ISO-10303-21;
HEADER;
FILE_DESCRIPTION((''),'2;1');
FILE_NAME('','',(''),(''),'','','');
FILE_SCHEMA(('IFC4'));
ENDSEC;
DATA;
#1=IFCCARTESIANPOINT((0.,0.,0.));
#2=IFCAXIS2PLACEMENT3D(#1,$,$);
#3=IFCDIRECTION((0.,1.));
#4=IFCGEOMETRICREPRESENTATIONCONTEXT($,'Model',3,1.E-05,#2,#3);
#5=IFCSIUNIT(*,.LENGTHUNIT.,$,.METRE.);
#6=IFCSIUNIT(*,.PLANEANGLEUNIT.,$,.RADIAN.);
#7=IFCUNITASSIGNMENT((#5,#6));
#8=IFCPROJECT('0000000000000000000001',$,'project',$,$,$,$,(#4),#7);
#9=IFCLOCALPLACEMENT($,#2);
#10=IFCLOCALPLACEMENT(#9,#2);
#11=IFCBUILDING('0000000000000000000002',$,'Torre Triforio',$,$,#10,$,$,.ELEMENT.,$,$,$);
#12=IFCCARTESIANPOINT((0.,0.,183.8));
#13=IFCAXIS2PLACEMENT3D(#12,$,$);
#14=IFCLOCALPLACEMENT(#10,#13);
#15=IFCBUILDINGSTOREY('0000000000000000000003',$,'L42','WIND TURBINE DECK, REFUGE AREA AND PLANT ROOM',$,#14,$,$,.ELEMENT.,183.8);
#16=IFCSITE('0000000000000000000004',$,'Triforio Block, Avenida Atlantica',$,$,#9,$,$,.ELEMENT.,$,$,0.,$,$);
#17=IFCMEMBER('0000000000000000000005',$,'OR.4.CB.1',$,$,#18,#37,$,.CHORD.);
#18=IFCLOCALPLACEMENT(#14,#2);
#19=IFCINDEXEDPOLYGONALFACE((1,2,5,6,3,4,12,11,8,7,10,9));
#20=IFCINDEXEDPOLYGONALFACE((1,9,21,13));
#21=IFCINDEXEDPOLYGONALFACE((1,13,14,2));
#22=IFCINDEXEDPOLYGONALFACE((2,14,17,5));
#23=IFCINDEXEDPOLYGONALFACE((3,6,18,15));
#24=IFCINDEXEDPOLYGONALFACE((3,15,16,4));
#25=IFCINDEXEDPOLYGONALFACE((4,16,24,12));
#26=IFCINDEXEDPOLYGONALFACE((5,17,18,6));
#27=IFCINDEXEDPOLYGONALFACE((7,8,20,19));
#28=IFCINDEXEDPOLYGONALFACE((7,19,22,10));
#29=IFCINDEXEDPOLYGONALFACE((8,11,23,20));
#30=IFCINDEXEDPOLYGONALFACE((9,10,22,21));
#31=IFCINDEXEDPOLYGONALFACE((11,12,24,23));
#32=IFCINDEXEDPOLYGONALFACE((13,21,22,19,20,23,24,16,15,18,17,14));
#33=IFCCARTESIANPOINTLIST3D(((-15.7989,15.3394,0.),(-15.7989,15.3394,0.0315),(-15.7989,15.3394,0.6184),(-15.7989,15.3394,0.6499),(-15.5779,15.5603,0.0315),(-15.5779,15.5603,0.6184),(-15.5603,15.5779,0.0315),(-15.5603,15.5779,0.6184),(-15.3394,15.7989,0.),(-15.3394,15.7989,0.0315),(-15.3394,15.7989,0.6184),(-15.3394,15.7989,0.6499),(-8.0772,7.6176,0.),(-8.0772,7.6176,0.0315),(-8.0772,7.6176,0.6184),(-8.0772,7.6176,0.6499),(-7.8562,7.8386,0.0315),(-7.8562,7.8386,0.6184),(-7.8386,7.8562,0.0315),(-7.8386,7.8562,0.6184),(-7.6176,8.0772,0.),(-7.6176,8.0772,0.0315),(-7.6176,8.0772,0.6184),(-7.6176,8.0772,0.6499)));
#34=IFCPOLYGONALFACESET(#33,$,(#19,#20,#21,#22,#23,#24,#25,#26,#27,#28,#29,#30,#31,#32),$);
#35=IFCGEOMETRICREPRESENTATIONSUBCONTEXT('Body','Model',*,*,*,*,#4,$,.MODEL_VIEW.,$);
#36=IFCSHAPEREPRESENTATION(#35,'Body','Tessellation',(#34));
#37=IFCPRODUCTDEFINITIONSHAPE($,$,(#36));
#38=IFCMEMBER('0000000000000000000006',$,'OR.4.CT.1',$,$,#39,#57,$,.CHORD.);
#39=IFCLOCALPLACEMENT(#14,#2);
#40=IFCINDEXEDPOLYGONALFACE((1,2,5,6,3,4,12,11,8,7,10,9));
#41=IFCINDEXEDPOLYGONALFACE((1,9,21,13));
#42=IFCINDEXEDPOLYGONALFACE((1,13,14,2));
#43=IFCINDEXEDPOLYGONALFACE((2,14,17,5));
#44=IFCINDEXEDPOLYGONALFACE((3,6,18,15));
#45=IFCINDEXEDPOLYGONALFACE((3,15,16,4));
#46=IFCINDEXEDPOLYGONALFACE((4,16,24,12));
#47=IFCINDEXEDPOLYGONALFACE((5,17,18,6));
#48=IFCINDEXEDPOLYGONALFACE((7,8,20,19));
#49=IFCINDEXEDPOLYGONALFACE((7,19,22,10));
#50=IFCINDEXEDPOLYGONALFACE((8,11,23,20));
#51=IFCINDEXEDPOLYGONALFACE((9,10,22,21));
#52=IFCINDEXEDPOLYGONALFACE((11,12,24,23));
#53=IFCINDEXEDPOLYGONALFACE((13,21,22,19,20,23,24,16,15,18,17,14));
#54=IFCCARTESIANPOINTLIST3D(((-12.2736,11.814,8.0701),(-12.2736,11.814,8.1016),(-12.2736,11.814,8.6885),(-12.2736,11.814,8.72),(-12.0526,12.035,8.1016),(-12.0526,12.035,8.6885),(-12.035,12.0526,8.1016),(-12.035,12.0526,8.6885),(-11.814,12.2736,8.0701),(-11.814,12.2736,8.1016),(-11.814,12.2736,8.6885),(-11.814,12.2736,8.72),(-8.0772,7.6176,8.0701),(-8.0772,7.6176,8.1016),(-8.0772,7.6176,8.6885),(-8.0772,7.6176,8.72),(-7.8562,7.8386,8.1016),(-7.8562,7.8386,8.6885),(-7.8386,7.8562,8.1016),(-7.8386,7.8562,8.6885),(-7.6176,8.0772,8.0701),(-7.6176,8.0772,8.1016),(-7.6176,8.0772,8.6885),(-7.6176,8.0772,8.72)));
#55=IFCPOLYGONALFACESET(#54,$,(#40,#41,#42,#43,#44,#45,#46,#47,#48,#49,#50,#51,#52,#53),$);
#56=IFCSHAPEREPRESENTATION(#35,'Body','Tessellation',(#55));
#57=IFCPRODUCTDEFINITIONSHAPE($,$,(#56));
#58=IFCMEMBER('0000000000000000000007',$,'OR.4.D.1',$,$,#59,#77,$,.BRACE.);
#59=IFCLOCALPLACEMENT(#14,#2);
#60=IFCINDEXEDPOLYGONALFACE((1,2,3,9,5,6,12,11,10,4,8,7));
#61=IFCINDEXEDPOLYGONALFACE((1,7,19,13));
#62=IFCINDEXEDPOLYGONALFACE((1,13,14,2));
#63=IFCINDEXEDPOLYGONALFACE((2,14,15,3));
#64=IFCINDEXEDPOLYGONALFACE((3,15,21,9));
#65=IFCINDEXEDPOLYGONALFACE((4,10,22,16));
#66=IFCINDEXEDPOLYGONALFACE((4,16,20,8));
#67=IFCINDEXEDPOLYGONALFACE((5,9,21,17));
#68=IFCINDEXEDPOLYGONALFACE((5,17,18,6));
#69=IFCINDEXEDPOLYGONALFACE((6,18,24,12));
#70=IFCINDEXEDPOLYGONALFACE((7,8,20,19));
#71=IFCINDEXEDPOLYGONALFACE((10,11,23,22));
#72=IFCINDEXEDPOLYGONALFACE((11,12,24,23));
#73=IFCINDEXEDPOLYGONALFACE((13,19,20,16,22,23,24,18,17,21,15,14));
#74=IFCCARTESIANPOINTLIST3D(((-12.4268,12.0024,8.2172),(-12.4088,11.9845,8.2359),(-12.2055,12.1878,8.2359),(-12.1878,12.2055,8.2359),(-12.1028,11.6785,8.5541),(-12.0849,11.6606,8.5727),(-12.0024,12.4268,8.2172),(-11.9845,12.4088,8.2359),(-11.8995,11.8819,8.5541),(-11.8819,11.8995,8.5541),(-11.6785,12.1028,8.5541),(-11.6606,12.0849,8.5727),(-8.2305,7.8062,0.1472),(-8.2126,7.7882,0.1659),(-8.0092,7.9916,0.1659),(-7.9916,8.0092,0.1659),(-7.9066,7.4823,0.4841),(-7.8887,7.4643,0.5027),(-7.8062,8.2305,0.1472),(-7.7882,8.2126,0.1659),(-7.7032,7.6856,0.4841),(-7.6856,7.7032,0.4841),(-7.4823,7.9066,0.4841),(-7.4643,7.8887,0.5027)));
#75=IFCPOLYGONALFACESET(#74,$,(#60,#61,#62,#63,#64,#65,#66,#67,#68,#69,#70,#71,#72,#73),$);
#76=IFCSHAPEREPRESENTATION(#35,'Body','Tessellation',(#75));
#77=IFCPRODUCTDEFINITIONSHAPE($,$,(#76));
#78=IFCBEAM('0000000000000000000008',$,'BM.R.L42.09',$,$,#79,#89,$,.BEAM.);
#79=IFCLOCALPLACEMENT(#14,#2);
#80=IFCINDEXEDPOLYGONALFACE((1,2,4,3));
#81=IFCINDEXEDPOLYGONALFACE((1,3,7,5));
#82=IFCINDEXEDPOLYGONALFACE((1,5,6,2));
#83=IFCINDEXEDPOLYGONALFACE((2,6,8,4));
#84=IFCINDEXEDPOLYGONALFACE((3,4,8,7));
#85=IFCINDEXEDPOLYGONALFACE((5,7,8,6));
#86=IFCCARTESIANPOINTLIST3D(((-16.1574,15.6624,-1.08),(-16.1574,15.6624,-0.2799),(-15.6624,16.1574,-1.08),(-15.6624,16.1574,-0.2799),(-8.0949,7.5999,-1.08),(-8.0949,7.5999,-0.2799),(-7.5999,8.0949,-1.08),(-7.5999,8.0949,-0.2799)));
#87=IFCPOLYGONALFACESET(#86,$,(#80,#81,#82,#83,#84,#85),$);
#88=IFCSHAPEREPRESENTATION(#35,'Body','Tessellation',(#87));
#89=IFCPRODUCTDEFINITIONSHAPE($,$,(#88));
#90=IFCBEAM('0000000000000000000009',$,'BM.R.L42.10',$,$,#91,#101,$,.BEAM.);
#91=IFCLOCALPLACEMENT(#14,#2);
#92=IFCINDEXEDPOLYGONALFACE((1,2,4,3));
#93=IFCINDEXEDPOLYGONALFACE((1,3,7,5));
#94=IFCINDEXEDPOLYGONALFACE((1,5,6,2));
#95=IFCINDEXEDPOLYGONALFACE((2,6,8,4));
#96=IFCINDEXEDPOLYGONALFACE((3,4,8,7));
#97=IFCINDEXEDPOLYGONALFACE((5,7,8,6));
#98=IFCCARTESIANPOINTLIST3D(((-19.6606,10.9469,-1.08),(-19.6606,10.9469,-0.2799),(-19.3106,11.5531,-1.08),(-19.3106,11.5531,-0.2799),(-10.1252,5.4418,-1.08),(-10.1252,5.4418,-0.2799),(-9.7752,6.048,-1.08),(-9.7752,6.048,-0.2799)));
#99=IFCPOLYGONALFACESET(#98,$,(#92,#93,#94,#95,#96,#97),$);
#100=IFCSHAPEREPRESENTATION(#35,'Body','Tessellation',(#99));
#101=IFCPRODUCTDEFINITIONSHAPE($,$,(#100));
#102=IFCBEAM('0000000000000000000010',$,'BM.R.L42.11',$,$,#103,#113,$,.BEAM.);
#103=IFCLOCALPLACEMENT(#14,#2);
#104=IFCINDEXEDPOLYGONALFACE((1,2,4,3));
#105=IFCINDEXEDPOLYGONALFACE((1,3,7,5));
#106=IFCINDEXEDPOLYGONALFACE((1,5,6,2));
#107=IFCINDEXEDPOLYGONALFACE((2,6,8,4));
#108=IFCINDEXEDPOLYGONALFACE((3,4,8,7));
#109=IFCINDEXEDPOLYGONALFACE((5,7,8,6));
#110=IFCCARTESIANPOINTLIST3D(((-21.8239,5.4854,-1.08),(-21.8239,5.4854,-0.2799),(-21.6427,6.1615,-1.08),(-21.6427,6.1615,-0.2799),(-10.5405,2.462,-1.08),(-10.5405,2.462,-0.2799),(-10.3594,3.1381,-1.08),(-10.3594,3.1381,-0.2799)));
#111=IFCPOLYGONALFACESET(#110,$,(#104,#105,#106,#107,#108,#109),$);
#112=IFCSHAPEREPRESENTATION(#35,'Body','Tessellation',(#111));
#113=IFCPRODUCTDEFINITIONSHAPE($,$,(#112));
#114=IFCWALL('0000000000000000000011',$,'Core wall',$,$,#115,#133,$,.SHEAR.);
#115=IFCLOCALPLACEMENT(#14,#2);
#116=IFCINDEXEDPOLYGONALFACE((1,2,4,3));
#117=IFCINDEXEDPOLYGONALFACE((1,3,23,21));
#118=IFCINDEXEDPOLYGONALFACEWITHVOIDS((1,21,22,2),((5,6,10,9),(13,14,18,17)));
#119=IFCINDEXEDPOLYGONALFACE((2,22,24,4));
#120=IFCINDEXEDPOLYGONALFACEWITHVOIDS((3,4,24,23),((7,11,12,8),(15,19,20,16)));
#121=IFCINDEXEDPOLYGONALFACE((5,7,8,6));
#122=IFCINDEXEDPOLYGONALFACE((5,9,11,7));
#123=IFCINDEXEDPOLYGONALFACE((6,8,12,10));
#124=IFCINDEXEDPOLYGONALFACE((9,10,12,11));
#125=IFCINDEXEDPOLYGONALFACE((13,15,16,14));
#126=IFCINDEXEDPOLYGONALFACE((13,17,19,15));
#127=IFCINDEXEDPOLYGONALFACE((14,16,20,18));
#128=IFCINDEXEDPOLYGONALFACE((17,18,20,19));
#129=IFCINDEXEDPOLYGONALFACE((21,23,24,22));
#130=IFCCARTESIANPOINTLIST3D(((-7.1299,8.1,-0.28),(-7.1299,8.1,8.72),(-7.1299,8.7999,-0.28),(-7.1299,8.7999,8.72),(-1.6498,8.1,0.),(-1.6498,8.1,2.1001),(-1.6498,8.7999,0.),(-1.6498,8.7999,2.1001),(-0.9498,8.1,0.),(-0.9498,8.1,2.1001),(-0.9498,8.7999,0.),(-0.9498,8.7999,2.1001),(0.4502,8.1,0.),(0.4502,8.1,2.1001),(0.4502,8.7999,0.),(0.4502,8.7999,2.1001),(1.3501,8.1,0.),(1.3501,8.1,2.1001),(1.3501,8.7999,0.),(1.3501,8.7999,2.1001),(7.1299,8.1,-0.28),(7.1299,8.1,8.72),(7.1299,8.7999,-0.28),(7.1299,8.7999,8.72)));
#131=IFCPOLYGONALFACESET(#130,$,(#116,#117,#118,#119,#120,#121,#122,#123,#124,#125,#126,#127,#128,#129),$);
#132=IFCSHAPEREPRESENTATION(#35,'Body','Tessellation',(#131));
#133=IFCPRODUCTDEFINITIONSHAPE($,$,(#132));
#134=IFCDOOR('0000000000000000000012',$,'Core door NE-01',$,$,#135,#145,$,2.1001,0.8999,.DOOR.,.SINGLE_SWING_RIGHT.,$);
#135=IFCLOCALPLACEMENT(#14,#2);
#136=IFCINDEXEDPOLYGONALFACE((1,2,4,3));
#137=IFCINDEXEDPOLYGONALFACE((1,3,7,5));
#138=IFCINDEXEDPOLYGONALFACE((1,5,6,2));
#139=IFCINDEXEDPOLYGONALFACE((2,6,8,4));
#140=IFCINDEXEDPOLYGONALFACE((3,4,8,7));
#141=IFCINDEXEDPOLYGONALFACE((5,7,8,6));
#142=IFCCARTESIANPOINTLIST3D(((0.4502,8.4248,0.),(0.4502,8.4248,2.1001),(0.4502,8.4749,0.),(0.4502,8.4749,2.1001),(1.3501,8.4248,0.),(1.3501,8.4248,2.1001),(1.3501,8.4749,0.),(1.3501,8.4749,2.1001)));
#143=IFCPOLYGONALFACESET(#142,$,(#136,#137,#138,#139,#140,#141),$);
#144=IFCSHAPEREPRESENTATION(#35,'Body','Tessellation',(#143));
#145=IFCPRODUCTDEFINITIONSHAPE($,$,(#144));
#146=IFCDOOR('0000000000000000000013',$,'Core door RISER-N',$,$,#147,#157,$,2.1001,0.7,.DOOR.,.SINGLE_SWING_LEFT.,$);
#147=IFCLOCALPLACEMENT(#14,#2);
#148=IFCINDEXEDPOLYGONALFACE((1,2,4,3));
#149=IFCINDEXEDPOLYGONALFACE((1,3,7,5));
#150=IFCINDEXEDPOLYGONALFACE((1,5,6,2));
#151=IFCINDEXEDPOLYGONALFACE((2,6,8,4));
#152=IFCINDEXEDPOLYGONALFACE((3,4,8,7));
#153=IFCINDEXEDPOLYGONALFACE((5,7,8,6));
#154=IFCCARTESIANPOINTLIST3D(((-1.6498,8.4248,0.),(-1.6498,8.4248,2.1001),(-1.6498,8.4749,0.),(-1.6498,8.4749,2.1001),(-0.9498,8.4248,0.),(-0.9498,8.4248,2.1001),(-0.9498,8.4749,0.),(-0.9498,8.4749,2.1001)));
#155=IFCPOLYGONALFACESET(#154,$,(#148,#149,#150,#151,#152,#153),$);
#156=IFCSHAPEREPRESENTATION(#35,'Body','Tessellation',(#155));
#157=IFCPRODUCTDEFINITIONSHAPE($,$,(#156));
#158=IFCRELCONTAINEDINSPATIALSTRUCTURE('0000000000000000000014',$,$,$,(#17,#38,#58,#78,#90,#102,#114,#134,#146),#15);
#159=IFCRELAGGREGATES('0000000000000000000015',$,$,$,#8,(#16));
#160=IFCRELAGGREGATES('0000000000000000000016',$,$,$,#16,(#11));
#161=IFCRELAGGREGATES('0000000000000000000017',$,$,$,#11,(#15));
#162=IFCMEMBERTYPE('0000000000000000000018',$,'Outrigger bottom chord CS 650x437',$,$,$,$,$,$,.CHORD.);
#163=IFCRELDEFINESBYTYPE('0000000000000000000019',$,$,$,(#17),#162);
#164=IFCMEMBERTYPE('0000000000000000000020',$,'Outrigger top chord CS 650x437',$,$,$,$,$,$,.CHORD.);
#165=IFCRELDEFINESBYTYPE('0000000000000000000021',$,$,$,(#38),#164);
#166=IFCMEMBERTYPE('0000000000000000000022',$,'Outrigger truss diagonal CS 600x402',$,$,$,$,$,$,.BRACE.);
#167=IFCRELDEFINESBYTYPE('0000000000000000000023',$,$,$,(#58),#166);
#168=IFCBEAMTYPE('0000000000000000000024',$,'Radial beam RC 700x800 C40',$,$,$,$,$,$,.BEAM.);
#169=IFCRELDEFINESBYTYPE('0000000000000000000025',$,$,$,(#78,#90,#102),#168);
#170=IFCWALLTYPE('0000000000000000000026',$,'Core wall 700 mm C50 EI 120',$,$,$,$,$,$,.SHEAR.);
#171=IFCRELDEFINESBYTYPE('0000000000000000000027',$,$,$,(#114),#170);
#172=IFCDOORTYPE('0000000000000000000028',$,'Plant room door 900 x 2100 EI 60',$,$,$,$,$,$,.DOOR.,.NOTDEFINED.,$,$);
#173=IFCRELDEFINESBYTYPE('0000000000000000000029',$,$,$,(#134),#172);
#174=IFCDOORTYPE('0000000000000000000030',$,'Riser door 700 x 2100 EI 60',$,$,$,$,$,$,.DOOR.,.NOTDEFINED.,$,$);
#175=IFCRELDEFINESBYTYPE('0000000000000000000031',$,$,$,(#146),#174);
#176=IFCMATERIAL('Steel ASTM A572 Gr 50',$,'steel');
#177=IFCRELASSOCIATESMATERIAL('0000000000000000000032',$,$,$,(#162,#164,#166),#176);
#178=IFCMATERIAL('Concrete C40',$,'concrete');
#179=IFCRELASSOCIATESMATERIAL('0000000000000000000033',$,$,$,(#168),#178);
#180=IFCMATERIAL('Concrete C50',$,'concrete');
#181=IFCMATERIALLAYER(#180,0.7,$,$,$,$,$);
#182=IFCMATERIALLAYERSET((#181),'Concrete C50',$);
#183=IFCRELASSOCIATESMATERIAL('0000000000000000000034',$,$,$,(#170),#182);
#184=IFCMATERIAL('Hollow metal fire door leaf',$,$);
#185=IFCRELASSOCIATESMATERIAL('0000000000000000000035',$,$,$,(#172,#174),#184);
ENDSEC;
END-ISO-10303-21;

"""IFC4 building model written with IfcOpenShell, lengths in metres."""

from ifc_helpers import new_model, si_unit, direction, frame, frame_2d, origin, origin_2d, place, context, subcontext, project, spatial, rectangle, i_section, extrude, material, layer, layer_set, material_profile, profile_set, type_object, element, fill, save


model = new_model("IFC4")

# Units and contexts
model_context = context("Model", 3, precision=1e-05, world=origin(), true_north=direction((0.0, 1.0)))
body_context = subcontext(model_context, "Body", "Model", "MODEL_VIEW")
ifc_project = project(units=[si_unit("LENGTHUNIT", "METRE"), si_unit("PLANEANGLEUNIT", "RADIAN")], contexts=[model_context])

# Site, building, storey
site_placement = place(None, origin())
site = spatial("IfcSite", under=ifc_project, at=site_placement, Name="Triforio Block, Avenida Atlantica", CompositionType="ELEMENT", RefElevation=0.0)
building_placement = place(site_placement, origin())
building = spatial("IfcBuilding", under=site, at=building_placement, Name="Torre Triforio", CompositionType="ELEMENT")
storey_placement = place(building_placement, frame((0.0, 0.0, 183.8)))
storey = spatial("IfcBuildingStorey", under=building, at=storey_placement, Name="L42", Description="WIND TURBINE DECK, REFUGE AREA AND PLANT ROOM", CompositionType="ELEMENT", Elevation=183.8)

# Members
ifc_material_1 = material(Name="Steel ASTM A572 Gr 50", Category="steel")
ifc_material_profile_1 = material_profile(ifc_material_1, i_section(OverallWidth=0.6499, OverallDepth=0.6499, WebThickness=0.0249, FlangeThickness=0.0315, at=origin_2d()), Name="CS 650x437")
ifc_profile_set_1 = profile_set([ifc_material_profile_1], Name="Steel ASTM A572 Gr 50")
member_type_1 = type_object("IfcMemberType", Name="Outrigger bottom chord CS 650x437", PredefinedType="CHORD", material=ifc_profile_set_1)
member_1_placement = place(storey_placement, frame((-7.8474, 7.8474, 0.325), z_axis=(-0.707107, 0.707107, 0.0), x_axis=(-0.707107, -0.707107, 0.0)))
element("IfcMember", 1, at=member_1_placement, inside=storey, type_object=member_type_1, Name="OR.4.CB.1", PredefinedType="CHORD", context=body_context, shape_type="SweptSolid", body=[
    extrude(i_section(OverallWidth=0.6499, OverallDepth=0.6499, WebThickness=0.0249, FlangeThickness=0.0315, at=origin_2d()), origin(), (0.0, 0.0, 1.0), 10.9202),
])
ifc_material_profile_2 = material_profile(ifc_material_1, i_section(OverallWidth=0.6499, OverallDepth=0.6499, WebThickness=0.0249, FlangeThickness=0.0315, at=origin_2d()), Name="CS 650x437")
ifc_profile_set_2 = profile_set([ifc_material_profile_2], Name="Steel ASTM A572 Gr 50")
member_type_2 = type_object("IfcMemberType", Name="Outrigger top chord CS 650x437", PredefinedType="CHORD", material=ifc_profile_set_2)
member_2_placement = place(storey_placement, frame((-7.8474, 7.8474, 8.395), z_axis=(-0.707107, 0.707107, 0.0), x_axis=(-0.707107, -0.707107, 0.0)))
element("IfcMember", 2, at=member_2_placement, inside=storey, type_object=member_type_2, Name="OR.4.CT.1", PredefinedType="CHORD", context=body_context, shape_type="SweptSolid", body=[
    extrude(i_section(OverallWidth=0.6499, OverallDepth=0.6499, WebThickness=0.0249, FlangeThickness=0.0315, at=origin_2d()), origin(), (0.0, 0.0, 1.0), 5.9346),
])
ifc_material_profile_3 = material_profile(ifc_material_1, i_section(OverallWidth=0.6001, OverallDepth=0.6001, WebThickness=0.0249, FlangeThickness=0.0315, at=origin_2d()), Name="CS 600x402")
ifc_profile_set_3 = profile_set([ifc_material_profile_3], Name="Steel ASTM A572 Gr 50")
member_type_3 = type_object("IfcMemberType", Name="Outrigger truss diagonal CS 600x402", PredefinedType="BRACE", material=ifc_profile_set_3)
member_3_placement = place(storey_placement, frame((-7.8474, 7.8474, 0.325), z_axis=(-0.41891, 0.41891, 0.805624), x_axis=(-0.707107, -0.707107, 0.0)))
element("IfcMember", 3, at=member_3_placement, inside=storey, type_object=member_type_3, Name="OR.4.D.1", PredefinedType="BRACE", context=body_context, shape_type="SweptSolid", body=[
    extrude(i_section(OverallWidth=0.6001, OverallDepth=0.6001, WebThickness=0.0249, FlangeThickness=0.0315, at=origin_2d()), origin(), (0.0, 0.0, 1.0), 10.0171),
])

# Beams
ifc_material_2 = material(Name="Concrete C40", Category="concrete")
ifc_material_profile_4 = material_profile(ifc_material_2, rectangle(XDim=0.7, YDim=0.8, at=origin_2d()), Name="RC 700x800")
ifc_profile_set_4 = profile_set([ifc_material_profile_4], Name="Concrete C40")
beam_type = type_object("IfcBeamType", Name="Radial beam RC 700x800 C40", PredefinedType="BEAM", material=ifc_profile_set_4)
beam_1_placement = place(storey_placement, frame((-7.8474, 7.8474, -0.6799), z_axis=(-0.707107, 0.707107, 0.0), x_axis=(-0.707107, -0.707107, 0.0)))
element("IfcBeam", 4, at=beam_1_placement, inside=storey, type_object=beam_type, Name="BM.R.L42.09", PredefinedType="BEAM", context=body_context, shape_type="SweptSolid", body=[
    extrude(rectangle(XDim=0.7, YDim=0.8, at=origin_2d()), origin(), (0.0, 0.0, 1.0), 11.4021),
])
beam_2_placement = place(storey_placement, frame((-9.9502, 5.7449, -0.6799), z_axis=(-0.866031, 0.499991, 0.0), x_axis=(-0.499991, -0.866031, 0.0)))
element("IfcBeam", 5, at=beam_2_placement, inside=storey, type_object=beam_type, Name="BM.R.L42.10", PredefinedType="BEAM", context=body_context, shape_type="SweptSolid", body=[
    extrude(rectangle(XDim=0.7, YDim=0.8, at=origin_2d()), origin(), (0.0, 0.0, 1.0), 11.0105),
])
beam_3_placement = place(storey_placement, frame((-10.45, 2.8, -0.6799), z_axis=(-0.965925, 0.258823, 0.0), x_axis=(-0.258823, -0.965925, 0.0)))
element("IfcBeam", 6, at=beam_3_placement, inside=storey, type_object=beam_type, Name="BM.R.L42.11", PredefinedType="BEAM", context=body_context, shape_type="SweptSolid", body=[
    extrude(rectangle(XDim=0.7, YDim=0.8, at=origin_2d()), origin(), (0.0, 0.0, 1.0), 11.6814),
])

# Wall, openings, doors
ifc_material_3 = material(Name="Concrete C50", Category="concrete")
ifc_layer_1 = layer(ifc_material_3, 0.7)
ifc_layer_set_1 = layer_set([ifc_layer_1], Name="Concrete C50")
wall_type_1 = type_object("IfcWallType", Name="Core wall 700 mm C50 EI 120", PredefinedType="SHEAR", material=ifc_layer_set_1)
wall_1_placement = place(storey_placement, frame((-7.1299, 8.45, -0.28), z_axis=(0.0, 0.0, 1.0), x_axis=(1.0, 0.0, 0.0)))
wall_1 = element("IfcWall", 7, at=wall_1_placement, inside=storey, type_object=wall_type_1, Name="Core wall", PredefinedType="SHEAR", context=body_context, shape_type="SweptSolid", body=[
    extrude(rectangle(XDim=14.2598, YDim=0.7, at=frame_2d((7.1299, 0.0))), origin(), (0.0, 0.0, 1.0), 9.0),
])
opening_1_placement = place(wall_1_placement, frame((5.48, 0.0, 0.28)))
opening_1 = element("IfcOpeningElement", 8, at=opening_1_placement, cuts=wall_1, PredefinedType="OPENING", context=body_context, shape_type="SweptSolid", body=[
    extrude(rectangle(XDim=0.7, YDim=2.1001, at=frame_2d((0.3501, 1.05))), frame((0.0, 0.3599, 0.0), z_axis=(0.0, -1.0, 0.0), x_axis=(1.0, 0.0, 0.0)), (0.0, 0.0, 1.0), 0.72),
])
opening_2_placement = place(wall_1_placement, frame((7.5801, 0.0, 0.28)))
opening_2 = element("IfcOpeningElement", 9, at=opening_2_placement, cuts=wall_1, PredefinedType="OPENING", context=body_context, shape_type="SweptSolid", body=[
    extrude(rectangle(XDim=0.8999, YDim=2.1001, at=frame_2d((0.45, 1.05))), frame((0.0, 0.3599, 0.0), z_axis=(0.0, -1.0, 0.0), x_axis=(1.0, 0.0, 0.0)), (0.0, 0.0, 1.0), 0.72),
])
ifc_material_4 = material(Name="Hollow metal fire door leaf")
door_type_1 = type_object("IfcDoorType", Name="Plant room door 900 x 2100 EI 60", OperationType="NOTDEFINED", PredefinedType="DOOR", material=ifc_material_4)
door_1_placement = place(opening_2_placement, origin())
door_1 = element("IfcDoor", 10, at=door_1_placement, inside=storey, type_object=door_type_1, Name="Core door NE-01", OperationType="SINGLE_SWING_RIGHT", OverallHeight=2.1001, OverallWidth=0.8999, PredefinedType="DOOR", context=body_context, shape_type="SweptSolid", body=[
    extrude(rectangle(XDim=0.8999, YDim=2.1001, at=frame_2d((0.45, 1.05))), frame((0.0, 0.0249, 0.0), z_axis=(0.0, -1.0, 0.0), x_axis=(1.0, 0.0, 0.0)), (0.0, 0.0, 1.0), 0.05),
])
fill(opening_2, door_1)
door_type_2 = type_object("IfcDoorType", Name="Riser door 700 x 2100 EI 60", OperationType="NOTDEFINED", PredefinedType="DOOR", material=ifc_material_4)
door_2_placement = place(opening_1_placement, origin())
door_2 = element("IfcDoor", 11, at=door_2_placement, inside=storey, type_object=door_type_2, Name="Core door RISER-N", OperationType="SINGLE_SWING_LEFT", OverallHeight=2.1001, OverallWidth=0.7, PredefinedType="DOOR", context=body_context, shape_type="SweptSolid", body=[
    extrude(rectangle(XDim=0.7, YDim=2.1001, at=frame_2d((0.3501, 1.05))), frame((0.0, 0.0249, 0.0), z_axis=(0.0, -1.0, 0.0), x_axis=(1.0, 0.0, 0.0)), (0.0, 0.0, 1.0), 0.05),
])
fill(opening_1, door_2)

save(model, "model.ifc")
